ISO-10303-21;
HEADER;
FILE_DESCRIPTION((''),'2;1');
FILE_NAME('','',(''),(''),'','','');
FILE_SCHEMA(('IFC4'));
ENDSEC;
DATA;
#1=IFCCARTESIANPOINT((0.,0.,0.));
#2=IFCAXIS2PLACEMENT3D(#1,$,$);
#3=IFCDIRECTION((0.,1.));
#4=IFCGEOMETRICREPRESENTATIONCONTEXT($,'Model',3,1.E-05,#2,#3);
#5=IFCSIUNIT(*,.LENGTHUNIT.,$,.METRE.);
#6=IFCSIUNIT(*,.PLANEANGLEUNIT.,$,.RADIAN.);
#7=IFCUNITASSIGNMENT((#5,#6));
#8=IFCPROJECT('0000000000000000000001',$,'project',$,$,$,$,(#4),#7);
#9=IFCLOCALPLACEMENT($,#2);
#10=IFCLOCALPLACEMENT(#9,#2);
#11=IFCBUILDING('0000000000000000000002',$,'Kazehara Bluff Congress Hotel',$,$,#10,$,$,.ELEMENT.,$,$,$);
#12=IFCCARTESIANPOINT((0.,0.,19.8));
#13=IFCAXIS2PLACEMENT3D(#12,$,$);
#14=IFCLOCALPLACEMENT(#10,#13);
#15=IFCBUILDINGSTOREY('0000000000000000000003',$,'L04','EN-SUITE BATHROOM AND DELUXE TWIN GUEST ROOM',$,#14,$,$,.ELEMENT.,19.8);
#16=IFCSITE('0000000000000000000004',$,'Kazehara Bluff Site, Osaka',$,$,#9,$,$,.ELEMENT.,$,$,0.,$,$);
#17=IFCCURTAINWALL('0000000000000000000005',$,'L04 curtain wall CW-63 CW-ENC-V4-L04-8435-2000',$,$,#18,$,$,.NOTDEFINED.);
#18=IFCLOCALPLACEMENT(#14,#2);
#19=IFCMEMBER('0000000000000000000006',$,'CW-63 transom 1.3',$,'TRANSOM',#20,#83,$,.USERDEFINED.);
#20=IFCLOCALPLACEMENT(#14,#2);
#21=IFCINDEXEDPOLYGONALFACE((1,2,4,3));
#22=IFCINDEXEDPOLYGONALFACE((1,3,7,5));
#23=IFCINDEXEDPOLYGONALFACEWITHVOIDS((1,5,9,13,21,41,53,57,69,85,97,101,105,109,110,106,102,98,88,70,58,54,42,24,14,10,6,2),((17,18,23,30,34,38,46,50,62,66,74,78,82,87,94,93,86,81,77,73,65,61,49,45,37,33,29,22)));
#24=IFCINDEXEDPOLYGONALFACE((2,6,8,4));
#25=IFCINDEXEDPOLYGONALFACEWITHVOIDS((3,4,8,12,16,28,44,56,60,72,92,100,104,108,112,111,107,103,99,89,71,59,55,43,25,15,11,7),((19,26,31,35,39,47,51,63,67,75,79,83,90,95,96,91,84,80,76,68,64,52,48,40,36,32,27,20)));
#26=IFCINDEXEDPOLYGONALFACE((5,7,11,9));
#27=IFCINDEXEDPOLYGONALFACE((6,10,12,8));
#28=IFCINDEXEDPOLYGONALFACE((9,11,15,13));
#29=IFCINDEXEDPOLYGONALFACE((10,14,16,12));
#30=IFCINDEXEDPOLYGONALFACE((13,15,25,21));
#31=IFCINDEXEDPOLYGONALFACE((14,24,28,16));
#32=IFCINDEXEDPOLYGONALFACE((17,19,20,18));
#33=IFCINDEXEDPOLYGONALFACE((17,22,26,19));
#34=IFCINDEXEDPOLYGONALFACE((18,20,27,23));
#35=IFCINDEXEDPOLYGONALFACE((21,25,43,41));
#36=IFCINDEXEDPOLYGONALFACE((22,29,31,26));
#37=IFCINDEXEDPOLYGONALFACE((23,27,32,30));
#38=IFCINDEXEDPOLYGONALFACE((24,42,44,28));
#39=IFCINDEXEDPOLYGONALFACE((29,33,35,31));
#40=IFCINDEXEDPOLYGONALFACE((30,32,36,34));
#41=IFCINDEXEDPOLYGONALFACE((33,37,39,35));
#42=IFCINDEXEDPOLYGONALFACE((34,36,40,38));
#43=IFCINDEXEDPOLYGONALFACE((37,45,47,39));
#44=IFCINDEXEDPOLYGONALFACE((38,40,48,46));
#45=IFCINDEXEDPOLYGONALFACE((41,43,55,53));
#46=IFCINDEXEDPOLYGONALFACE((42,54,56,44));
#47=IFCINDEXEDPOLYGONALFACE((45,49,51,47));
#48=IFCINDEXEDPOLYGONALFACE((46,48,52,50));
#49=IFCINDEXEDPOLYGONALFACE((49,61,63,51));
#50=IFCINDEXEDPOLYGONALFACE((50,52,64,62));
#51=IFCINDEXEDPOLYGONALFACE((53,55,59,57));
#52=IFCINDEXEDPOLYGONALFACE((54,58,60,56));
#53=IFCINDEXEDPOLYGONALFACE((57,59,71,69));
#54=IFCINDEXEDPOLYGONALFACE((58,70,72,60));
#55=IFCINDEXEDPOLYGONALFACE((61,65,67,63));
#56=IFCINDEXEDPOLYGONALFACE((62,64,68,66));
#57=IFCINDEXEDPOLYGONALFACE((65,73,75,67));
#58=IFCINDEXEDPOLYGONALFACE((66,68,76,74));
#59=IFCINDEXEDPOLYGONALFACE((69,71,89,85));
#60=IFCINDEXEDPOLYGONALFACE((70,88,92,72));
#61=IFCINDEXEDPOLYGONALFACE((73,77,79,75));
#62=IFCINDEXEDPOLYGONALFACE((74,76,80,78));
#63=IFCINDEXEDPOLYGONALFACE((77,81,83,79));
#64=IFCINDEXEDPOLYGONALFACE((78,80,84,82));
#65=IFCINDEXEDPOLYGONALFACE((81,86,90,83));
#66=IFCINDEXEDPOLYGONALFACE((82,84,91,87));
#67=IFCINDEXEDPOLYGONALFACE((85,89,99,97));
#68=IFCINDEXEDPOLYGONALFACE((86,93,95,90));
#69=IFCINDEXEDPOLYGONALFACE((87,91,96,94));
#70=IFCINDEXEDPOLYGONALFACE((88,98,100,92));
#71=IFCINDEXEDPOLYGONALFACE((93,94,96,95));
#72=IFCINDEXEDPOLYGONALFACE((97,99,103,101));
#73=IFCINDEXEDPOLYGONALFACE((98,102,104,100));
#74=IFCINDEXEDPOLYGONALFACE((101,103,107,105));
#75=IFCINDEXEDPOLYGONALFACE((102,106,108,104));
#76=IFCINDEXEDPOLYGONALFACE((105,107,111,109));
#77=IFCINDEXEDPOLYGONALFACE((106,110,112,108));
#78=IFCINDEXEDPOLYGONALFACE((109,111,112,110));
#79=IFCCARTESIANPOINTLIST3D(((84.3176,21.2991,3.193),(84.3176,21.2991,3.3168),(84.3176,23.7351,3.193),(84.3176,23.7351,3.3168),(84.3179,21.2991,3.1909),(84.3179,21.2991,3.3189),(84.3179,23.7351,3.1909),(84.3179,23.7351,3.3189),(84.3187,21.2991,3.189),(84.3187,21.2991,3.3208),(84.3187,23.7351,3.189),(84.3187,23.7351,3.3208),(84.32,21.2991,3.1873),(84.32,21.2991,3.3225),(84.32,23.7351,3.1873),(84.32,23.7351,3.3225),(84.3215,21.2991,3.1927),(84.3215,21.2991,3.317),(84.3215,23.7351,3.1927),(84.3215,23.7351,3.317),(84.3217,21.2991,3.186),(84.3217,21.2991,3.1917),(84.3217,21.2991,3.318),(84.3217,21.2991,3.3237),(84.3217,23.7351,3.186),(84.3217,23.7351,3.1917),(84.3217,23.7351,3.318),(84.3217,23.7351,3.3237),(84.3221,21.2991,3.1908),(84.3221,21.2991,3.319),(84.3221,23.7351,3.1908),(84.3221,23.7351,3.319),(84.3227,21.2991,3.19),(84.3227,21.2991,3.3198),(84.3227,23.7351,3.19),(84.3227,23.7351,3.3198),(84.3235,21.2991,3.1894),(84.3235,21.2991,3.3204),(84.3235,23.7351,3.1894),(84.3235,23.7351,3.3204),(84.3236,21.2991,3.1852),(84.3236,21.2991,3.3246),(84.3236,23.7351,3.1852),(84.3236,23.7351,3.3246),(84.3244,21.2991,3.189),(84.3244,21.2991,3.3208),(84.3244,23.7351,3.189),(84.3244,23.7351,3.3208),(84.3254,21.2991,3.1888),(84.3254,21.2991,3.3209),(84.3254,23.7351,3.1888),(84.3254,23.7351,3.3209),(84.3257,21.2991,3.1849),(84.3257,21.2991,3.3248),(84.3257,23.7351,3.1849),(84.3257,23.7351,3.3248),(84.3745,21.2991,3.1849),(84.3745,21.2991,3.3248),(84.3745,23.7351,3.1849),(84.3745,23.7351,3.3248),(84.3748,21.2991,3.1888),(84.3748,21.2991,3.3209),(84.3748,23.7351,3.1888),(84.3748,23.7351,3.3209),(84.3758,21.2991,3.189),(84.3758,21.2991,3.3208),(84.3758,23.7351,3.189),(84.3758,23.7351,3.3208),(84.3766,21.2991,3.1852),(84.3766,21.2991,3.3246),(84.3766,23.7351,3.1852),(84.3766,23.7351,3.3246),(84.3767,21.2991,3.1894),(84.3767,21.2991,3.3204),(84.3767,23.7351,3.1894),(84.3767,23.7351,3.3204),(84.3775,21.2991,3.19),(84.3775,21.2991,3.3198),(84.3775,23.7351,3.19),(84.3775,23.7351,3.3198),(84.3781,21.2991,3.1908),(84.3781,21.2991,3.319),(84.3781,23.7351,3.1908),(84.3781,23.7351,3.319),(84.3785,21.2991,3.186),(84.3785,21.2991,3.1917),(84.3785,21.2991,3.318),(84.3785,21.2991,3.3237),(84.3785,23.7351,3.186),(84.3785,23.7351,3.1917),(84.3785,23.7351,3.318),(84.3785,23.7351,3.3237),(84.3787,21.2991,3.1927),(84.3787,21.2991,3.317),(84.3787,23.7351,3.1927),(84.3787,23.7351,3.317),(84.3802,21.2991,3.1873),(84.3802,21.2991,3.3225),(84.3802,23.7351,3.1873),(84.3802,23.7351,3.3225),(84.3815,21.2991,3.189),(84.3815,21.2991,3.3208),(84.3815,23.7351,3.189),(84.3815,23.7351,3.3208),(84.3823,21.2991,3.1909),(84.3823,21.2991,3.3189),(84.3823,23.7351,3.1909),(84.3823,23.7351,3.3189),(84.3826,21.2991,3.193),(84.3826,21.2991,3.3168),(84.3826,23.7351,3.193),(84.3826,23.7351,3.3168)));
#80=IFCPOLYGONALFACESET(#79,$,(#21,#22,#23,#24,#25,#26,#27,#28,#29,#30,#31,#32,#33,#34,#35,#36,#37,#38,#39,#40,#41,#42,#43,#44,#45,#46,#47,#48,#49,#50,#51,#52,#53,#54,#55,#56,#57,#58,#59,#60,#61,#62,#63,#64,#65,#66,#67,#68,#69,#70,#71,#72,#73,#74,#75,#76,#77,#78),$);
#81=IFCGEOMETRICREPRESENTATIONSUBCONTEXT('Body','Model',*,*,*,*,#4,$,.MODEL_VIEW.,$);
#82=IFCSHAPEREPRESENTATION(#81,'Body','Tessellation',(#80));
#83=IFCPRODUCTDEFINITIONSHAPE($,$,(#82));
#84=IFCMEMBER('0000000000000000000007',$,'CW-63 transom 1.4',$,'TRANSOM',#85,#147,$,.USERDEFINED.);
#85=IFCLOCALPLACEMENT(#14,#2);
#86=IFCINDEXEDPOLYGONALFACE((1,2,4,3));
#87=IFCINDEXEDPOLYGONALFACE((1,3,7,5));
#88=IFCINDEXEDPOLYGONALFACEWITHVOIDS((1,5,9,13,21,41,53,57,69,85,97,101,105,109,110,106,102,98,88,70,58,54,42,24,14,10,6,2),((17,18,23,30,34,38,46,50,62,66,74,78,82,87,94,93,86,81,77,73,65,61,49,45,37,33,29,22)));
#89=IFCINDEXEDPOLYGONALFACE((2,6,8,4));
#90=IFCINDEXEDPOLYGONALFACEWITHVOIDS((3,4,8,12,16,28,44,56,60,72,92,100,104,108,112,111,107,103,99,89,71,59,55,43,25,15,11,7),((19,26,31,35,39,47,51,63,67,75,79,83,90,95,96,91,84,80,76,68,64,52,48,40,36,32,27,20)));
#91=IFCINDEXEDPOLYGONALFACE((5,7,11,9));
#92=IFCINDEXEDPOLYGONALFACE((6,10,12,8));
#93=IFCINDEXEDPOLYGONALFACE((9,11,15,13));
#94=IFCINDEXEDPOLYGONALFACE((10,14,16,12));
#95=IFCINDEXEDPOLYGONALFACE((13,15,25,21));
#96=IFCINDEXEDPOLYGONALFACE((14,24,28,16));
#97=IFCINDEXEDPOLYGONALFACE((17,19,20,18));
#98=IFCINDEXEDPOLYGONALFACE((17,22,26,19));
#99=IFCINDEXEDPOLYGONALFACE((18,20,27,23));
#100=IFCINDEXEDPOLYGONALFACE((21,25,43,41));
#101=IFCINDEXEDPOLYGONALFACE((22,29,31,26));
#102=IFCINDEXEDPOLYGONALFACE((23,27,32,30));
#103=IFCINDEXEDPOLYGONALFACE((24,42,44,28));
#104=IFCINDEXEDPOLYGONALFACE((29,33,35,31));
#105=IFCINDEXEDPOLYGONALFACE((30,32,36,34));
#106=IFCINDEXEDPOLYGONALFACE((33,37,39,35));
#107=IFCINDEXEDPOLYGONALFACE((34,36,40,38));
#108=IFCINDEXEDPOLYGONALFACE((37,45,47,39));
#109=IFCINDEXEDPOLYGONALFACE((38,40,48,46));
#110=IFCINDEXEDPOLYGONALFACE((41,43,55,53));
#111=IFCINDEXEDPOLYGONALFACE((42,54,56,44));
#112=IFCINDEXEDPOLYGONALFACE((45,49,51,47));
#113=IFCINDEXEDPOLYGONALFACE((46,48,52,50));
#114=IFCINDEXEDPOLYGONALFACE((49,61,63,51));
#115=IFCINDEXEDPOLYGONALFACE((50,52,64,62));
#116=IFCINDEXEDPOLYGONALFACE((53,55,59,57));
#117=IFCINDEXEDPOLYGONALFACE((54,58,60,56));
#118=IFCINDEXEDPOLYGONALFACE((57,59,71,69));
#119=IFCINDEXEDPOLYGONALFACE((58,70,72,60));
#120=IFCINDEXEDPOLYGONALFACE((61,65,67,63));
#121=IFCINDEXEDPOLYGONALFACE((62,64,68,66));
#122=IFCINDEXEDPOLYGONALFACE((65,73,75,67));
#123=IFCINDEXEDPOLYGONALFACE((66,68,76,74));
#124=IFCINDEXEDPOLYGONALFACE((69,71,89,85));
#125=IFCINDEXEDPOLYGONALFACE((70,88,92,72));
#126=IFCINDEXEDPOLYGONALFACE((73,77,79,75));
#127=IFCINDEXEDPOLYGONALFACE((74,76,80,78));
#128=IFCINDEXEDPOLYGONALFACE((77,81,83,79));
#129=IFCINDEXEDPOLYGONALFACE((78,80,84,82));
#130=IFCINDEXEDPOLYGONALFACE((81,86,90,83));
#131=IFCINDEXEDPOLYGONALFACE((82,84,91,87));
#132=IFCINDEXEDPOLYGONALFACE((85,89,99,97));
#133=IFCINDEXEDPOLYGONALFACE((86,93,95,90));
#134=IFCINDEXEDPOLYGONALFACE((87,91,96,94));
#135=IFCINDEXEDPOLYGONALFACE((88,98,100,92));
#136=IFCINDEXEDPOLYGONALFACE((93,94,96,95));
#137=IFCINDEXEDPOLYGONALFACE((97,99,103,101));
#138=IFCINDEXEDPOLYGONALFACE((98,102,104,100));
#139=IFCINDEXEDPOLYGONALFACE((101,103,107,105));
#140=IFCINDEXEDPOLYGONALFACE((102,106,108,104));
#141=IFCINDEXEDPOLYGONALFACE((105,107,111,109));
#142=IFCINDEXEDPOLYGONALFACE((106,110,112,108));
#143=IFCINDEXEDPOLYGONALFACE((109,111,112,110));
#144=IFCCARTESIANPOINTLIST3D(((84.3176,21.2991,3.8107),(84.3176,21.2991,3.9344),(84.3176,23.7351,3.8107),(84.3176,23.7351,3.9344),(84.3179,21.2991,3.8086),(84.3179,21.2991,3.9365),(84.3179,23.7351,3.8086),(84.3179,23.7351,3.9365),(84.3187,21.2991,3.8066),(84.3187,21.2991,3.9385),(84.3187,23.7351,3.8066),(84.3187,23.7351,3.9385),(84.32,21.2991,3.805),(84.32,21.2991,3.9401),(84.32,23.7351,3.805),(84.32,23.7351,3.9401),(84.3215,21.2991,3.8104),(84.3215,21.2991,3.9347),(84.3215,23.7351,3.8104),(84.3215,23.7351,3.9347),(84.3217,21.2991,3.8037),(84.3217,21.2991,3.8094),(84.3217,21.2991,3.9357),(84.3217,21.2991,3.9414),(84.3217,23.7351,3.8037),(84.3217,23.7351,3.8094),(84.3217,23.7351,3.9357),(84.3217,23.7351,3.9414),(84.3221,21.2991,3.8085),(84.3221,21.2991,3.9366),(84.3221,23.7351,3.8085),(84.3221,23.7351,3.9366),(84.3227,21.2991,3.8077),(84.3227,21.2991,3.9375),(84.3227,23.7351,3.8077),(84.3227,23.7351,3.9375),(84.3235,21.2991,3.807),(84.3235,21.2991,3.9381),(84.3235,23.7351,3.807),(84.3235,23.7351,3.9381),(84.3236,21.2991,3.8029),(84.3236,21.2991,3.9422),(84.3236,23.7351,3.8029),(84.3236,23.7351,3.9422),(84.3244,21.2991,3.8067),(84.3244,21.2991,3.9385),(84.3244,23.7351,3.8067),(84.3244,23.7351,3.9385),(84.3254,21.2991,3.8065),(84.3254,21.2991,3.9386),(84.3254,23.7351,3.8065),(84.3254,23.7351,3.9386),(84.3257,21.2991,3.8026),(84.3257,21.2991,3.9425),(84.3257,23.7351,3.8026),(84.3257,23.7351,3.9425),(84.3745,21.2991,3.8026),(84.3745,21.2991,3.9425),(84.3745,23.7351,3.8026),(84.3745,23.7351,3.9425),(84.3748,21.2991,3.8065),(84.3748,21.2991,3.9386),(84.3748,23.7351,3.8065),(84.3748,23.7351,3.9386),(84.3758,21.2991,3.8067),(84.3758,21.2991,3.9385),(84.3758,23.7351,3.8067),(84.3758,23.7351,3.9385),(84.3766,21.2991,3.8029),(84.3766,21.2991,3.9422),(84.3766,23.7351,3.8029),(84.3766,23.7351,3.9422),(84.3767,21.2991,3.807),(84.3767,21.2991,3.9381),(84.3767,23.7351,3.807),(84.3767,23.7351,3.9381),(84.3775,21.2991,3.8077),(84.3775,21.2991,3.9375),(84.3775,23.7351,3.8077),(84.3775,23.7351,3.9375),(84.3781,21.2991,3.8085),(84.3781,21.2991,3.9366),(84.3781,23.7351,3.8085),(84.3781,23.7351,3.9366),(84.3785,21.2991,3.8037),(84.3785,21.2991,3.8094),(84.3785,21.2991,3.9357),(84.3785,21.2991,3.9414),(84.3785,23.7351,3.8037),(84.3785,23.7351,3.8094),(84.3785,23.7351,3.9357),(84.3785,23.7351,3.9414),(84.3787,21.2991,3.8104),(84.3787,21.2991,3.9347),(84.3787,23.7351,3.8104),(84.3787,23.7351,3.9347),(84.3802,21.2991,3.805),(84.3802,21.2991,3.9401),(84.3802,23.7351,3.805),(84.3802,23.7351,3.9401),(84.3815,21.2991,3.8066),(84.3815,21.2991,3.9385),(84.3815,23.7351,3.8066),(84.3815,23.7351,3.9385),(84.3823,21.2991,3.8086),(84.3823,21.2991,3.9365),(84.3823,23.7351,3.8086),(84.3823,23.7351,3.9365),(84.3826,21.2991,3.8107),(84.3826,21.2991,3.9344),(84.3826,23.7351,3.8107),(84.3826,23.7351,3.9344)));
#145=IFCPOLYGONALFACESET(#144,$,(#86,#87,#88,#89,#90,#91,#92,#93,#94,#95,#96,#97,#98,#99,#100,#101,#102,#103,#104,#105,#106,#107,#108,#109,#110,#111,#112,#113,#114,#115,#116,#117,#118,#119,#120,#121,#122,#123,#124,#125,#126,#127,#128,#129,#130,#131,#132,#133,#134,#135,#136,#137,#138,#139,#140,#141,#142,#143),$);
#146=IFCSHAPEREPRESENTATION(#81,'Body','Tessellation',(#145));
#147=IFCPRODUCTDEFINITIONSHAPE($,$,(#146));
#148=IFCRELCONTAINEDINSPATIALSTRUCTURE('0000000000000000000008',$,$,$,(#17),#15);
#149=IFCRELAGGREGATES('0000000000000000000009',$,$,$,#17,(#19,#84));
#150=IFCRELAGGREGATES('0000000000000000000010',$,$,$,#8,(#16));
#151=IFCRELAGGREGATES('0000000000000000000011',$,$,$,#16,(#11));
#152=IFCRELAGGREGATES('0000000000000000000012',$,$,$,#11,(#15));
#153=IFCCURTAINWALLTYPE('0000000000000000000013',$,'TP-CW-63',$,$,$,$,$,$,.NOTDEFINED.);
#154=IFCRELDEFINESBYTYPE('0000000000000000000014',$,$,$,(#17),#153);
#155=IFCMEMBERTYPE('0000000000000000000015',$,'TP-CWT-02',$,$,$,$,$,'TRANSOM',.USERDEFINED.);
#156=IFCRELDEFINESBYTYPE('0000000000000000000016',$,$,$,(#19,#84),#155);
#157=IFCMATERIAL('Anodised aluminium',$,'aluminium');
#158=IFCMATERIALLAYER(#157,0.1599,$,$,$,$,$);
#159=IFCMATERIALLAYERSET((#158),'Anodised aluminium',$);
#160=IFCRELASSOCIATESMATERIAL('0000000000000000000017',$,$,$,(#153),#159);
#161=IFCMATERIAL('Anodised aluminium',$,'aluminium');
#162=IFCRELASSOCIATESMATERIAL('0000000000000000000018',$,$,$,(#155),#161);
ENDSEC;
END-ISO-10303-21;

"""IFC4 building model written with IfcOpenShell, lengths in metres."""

from ifc_helpers import new_model, si_unit, direction, frame, origin, origin_2d, place, context, subcontext, project, spatial, hollow_rectangle, extrude, material, layer, layer_set, material_profile, profile_set, type_object, element, aggregate, save


model = new_model("IFC4")

# Units and contexts
model_context = context("Model", 3, precision=1e-05, world=origin(), true_north=direction((0.0, 1.0)))
body_context = subcontext(model_context, "Body", "Model", "MODEL_VIEW")
ifc_project = project(units=[si_unit("LENGTHUNIT", "METRE"), si_unit("PLANEANGLEUNIT", "RADIAN")], contexts=[model_context])

# Site, building, storey
site_placement = place(None, origin())
site = spatial("IfcSite", under=ifc_project, at=site_placement, Name="Kazehara Bluff Site, Osaka", CompositionType="ELEMENT", RefElevation=0.0)
building_placement = place(site_placement, origin())
building = spatial("IfcBuilding", under=site, at=building_placement, Name="Kazehara Bluff Congress Hotel", CompositionType="ELEMENT")
storey_placement = place(building_placement, frame((0.0, 0.0, 19.8)))
storey = spatial("IfcBuildingStorey", under=building, at=storey_placement, Name="L04", Description="EN-SUITE BATHROOM AND DELUXE TWIN GUEST ROOM", CompositionType="ELEMENT", Elevation=19.8)

# Curtain wall
ifc_material_1 = material(Name="Anodised aluminium", Category="aluminium")
ifc_layer_1 = layer(ifc_material_1, 0.1599)
ifc_layer_set_1 = layer_set([ifc_layer_1], Name="Anodised aluminium")
curtain_wall_type_1 = type_object("IfcCurtainWallType", Name="TP-CW-63", PredefinedType="NOTDEFINED", material=ifc_layer_set_1)
curtain_wall_1_placement = place(storey_placement, origin())
curtain_wall_1 = element("IfcCurtainWall", 1, at=curtain_wall_1_placement, inside=storey, type_object=curtain_wall_type_1, Name="L04 curtain wall CW-63 CW-ENC-V4-L04-8435-2000", PredefinedType="NOTDEFINED")

# Members
ifc_material_2 = material(Name="Anodised aluminium", Category="aluminium")
ifc_material_profile_1 = material_profile(ifc_material_2, hollow_rectangle(XDim=0.0649, YDim=0.1399, WallThickness=0.0039, InnerFilletRadius=0.0039, OuterFilletRadius=0.0081, at=origin_2d()))
ifc_profile_set_1 = profile_set([ifc_material_profile_1], Name="Anodised aluminium")
member_type_1 = type_object("IfcMemberType", Name="TP-CWT-02", ElementType="TRANSOM", PredefinedType="USERDEFINED", material=ifc_profile_set_1)
member_1_placement = place(storey_placement, frame((84.3501, 23.7351, 3.2549), z_axis=(0.0, -1.0, 0.0), x_axis=(1.0, 0.0, 0.0)))
member_1 = element("IfcMember", 2, at=member_1_placement, type_object=member_type_1, Name="CW-63 transom 1.3", ObjectType="TRANSOM", PredefinedType="USERDEFINED", context=body_context, shape_type="SweptSolid", body=[
    extrude(hollow_rectangle(XDim=0.0649, YDim=0.1399, WallThickness=0.0039, InnerFilletRadius=0.0039, OuterFilletRadius=0.0081, at=origin_2d()), origin(), (0.0, 0.0, 1.0), 2.436),
])
member_2_placement = place(storey_placement, frame((84.3501, 23.7351, 3.8726), z_axis=(0.0, -1.0, 0.0), x_axis=(1.0, 0.0, 0.0)))
member_2 = element("IfcMember", 3, at=member_2_placement, type_object=member_type_1, Name="CW-63 transom 1.4", ObjectType="TRANSOM", PredefinedType="USERDEFINED", context=body_context, shape_type="SweptSolid", body=[
    extrude(hollow_rectangle(XDim=0.0649, YDim=0.1399, WallThickness=0.0039, InnerFilletRadius=0.0039, OuterFilletRadius=0.0081, at=origin_2d()), origin(), (0.0, 0.0, 1.0), 2.436),
])

aggregate(curtain_wall_1, [member_1, member_2])

save(model, "model.ifc")
